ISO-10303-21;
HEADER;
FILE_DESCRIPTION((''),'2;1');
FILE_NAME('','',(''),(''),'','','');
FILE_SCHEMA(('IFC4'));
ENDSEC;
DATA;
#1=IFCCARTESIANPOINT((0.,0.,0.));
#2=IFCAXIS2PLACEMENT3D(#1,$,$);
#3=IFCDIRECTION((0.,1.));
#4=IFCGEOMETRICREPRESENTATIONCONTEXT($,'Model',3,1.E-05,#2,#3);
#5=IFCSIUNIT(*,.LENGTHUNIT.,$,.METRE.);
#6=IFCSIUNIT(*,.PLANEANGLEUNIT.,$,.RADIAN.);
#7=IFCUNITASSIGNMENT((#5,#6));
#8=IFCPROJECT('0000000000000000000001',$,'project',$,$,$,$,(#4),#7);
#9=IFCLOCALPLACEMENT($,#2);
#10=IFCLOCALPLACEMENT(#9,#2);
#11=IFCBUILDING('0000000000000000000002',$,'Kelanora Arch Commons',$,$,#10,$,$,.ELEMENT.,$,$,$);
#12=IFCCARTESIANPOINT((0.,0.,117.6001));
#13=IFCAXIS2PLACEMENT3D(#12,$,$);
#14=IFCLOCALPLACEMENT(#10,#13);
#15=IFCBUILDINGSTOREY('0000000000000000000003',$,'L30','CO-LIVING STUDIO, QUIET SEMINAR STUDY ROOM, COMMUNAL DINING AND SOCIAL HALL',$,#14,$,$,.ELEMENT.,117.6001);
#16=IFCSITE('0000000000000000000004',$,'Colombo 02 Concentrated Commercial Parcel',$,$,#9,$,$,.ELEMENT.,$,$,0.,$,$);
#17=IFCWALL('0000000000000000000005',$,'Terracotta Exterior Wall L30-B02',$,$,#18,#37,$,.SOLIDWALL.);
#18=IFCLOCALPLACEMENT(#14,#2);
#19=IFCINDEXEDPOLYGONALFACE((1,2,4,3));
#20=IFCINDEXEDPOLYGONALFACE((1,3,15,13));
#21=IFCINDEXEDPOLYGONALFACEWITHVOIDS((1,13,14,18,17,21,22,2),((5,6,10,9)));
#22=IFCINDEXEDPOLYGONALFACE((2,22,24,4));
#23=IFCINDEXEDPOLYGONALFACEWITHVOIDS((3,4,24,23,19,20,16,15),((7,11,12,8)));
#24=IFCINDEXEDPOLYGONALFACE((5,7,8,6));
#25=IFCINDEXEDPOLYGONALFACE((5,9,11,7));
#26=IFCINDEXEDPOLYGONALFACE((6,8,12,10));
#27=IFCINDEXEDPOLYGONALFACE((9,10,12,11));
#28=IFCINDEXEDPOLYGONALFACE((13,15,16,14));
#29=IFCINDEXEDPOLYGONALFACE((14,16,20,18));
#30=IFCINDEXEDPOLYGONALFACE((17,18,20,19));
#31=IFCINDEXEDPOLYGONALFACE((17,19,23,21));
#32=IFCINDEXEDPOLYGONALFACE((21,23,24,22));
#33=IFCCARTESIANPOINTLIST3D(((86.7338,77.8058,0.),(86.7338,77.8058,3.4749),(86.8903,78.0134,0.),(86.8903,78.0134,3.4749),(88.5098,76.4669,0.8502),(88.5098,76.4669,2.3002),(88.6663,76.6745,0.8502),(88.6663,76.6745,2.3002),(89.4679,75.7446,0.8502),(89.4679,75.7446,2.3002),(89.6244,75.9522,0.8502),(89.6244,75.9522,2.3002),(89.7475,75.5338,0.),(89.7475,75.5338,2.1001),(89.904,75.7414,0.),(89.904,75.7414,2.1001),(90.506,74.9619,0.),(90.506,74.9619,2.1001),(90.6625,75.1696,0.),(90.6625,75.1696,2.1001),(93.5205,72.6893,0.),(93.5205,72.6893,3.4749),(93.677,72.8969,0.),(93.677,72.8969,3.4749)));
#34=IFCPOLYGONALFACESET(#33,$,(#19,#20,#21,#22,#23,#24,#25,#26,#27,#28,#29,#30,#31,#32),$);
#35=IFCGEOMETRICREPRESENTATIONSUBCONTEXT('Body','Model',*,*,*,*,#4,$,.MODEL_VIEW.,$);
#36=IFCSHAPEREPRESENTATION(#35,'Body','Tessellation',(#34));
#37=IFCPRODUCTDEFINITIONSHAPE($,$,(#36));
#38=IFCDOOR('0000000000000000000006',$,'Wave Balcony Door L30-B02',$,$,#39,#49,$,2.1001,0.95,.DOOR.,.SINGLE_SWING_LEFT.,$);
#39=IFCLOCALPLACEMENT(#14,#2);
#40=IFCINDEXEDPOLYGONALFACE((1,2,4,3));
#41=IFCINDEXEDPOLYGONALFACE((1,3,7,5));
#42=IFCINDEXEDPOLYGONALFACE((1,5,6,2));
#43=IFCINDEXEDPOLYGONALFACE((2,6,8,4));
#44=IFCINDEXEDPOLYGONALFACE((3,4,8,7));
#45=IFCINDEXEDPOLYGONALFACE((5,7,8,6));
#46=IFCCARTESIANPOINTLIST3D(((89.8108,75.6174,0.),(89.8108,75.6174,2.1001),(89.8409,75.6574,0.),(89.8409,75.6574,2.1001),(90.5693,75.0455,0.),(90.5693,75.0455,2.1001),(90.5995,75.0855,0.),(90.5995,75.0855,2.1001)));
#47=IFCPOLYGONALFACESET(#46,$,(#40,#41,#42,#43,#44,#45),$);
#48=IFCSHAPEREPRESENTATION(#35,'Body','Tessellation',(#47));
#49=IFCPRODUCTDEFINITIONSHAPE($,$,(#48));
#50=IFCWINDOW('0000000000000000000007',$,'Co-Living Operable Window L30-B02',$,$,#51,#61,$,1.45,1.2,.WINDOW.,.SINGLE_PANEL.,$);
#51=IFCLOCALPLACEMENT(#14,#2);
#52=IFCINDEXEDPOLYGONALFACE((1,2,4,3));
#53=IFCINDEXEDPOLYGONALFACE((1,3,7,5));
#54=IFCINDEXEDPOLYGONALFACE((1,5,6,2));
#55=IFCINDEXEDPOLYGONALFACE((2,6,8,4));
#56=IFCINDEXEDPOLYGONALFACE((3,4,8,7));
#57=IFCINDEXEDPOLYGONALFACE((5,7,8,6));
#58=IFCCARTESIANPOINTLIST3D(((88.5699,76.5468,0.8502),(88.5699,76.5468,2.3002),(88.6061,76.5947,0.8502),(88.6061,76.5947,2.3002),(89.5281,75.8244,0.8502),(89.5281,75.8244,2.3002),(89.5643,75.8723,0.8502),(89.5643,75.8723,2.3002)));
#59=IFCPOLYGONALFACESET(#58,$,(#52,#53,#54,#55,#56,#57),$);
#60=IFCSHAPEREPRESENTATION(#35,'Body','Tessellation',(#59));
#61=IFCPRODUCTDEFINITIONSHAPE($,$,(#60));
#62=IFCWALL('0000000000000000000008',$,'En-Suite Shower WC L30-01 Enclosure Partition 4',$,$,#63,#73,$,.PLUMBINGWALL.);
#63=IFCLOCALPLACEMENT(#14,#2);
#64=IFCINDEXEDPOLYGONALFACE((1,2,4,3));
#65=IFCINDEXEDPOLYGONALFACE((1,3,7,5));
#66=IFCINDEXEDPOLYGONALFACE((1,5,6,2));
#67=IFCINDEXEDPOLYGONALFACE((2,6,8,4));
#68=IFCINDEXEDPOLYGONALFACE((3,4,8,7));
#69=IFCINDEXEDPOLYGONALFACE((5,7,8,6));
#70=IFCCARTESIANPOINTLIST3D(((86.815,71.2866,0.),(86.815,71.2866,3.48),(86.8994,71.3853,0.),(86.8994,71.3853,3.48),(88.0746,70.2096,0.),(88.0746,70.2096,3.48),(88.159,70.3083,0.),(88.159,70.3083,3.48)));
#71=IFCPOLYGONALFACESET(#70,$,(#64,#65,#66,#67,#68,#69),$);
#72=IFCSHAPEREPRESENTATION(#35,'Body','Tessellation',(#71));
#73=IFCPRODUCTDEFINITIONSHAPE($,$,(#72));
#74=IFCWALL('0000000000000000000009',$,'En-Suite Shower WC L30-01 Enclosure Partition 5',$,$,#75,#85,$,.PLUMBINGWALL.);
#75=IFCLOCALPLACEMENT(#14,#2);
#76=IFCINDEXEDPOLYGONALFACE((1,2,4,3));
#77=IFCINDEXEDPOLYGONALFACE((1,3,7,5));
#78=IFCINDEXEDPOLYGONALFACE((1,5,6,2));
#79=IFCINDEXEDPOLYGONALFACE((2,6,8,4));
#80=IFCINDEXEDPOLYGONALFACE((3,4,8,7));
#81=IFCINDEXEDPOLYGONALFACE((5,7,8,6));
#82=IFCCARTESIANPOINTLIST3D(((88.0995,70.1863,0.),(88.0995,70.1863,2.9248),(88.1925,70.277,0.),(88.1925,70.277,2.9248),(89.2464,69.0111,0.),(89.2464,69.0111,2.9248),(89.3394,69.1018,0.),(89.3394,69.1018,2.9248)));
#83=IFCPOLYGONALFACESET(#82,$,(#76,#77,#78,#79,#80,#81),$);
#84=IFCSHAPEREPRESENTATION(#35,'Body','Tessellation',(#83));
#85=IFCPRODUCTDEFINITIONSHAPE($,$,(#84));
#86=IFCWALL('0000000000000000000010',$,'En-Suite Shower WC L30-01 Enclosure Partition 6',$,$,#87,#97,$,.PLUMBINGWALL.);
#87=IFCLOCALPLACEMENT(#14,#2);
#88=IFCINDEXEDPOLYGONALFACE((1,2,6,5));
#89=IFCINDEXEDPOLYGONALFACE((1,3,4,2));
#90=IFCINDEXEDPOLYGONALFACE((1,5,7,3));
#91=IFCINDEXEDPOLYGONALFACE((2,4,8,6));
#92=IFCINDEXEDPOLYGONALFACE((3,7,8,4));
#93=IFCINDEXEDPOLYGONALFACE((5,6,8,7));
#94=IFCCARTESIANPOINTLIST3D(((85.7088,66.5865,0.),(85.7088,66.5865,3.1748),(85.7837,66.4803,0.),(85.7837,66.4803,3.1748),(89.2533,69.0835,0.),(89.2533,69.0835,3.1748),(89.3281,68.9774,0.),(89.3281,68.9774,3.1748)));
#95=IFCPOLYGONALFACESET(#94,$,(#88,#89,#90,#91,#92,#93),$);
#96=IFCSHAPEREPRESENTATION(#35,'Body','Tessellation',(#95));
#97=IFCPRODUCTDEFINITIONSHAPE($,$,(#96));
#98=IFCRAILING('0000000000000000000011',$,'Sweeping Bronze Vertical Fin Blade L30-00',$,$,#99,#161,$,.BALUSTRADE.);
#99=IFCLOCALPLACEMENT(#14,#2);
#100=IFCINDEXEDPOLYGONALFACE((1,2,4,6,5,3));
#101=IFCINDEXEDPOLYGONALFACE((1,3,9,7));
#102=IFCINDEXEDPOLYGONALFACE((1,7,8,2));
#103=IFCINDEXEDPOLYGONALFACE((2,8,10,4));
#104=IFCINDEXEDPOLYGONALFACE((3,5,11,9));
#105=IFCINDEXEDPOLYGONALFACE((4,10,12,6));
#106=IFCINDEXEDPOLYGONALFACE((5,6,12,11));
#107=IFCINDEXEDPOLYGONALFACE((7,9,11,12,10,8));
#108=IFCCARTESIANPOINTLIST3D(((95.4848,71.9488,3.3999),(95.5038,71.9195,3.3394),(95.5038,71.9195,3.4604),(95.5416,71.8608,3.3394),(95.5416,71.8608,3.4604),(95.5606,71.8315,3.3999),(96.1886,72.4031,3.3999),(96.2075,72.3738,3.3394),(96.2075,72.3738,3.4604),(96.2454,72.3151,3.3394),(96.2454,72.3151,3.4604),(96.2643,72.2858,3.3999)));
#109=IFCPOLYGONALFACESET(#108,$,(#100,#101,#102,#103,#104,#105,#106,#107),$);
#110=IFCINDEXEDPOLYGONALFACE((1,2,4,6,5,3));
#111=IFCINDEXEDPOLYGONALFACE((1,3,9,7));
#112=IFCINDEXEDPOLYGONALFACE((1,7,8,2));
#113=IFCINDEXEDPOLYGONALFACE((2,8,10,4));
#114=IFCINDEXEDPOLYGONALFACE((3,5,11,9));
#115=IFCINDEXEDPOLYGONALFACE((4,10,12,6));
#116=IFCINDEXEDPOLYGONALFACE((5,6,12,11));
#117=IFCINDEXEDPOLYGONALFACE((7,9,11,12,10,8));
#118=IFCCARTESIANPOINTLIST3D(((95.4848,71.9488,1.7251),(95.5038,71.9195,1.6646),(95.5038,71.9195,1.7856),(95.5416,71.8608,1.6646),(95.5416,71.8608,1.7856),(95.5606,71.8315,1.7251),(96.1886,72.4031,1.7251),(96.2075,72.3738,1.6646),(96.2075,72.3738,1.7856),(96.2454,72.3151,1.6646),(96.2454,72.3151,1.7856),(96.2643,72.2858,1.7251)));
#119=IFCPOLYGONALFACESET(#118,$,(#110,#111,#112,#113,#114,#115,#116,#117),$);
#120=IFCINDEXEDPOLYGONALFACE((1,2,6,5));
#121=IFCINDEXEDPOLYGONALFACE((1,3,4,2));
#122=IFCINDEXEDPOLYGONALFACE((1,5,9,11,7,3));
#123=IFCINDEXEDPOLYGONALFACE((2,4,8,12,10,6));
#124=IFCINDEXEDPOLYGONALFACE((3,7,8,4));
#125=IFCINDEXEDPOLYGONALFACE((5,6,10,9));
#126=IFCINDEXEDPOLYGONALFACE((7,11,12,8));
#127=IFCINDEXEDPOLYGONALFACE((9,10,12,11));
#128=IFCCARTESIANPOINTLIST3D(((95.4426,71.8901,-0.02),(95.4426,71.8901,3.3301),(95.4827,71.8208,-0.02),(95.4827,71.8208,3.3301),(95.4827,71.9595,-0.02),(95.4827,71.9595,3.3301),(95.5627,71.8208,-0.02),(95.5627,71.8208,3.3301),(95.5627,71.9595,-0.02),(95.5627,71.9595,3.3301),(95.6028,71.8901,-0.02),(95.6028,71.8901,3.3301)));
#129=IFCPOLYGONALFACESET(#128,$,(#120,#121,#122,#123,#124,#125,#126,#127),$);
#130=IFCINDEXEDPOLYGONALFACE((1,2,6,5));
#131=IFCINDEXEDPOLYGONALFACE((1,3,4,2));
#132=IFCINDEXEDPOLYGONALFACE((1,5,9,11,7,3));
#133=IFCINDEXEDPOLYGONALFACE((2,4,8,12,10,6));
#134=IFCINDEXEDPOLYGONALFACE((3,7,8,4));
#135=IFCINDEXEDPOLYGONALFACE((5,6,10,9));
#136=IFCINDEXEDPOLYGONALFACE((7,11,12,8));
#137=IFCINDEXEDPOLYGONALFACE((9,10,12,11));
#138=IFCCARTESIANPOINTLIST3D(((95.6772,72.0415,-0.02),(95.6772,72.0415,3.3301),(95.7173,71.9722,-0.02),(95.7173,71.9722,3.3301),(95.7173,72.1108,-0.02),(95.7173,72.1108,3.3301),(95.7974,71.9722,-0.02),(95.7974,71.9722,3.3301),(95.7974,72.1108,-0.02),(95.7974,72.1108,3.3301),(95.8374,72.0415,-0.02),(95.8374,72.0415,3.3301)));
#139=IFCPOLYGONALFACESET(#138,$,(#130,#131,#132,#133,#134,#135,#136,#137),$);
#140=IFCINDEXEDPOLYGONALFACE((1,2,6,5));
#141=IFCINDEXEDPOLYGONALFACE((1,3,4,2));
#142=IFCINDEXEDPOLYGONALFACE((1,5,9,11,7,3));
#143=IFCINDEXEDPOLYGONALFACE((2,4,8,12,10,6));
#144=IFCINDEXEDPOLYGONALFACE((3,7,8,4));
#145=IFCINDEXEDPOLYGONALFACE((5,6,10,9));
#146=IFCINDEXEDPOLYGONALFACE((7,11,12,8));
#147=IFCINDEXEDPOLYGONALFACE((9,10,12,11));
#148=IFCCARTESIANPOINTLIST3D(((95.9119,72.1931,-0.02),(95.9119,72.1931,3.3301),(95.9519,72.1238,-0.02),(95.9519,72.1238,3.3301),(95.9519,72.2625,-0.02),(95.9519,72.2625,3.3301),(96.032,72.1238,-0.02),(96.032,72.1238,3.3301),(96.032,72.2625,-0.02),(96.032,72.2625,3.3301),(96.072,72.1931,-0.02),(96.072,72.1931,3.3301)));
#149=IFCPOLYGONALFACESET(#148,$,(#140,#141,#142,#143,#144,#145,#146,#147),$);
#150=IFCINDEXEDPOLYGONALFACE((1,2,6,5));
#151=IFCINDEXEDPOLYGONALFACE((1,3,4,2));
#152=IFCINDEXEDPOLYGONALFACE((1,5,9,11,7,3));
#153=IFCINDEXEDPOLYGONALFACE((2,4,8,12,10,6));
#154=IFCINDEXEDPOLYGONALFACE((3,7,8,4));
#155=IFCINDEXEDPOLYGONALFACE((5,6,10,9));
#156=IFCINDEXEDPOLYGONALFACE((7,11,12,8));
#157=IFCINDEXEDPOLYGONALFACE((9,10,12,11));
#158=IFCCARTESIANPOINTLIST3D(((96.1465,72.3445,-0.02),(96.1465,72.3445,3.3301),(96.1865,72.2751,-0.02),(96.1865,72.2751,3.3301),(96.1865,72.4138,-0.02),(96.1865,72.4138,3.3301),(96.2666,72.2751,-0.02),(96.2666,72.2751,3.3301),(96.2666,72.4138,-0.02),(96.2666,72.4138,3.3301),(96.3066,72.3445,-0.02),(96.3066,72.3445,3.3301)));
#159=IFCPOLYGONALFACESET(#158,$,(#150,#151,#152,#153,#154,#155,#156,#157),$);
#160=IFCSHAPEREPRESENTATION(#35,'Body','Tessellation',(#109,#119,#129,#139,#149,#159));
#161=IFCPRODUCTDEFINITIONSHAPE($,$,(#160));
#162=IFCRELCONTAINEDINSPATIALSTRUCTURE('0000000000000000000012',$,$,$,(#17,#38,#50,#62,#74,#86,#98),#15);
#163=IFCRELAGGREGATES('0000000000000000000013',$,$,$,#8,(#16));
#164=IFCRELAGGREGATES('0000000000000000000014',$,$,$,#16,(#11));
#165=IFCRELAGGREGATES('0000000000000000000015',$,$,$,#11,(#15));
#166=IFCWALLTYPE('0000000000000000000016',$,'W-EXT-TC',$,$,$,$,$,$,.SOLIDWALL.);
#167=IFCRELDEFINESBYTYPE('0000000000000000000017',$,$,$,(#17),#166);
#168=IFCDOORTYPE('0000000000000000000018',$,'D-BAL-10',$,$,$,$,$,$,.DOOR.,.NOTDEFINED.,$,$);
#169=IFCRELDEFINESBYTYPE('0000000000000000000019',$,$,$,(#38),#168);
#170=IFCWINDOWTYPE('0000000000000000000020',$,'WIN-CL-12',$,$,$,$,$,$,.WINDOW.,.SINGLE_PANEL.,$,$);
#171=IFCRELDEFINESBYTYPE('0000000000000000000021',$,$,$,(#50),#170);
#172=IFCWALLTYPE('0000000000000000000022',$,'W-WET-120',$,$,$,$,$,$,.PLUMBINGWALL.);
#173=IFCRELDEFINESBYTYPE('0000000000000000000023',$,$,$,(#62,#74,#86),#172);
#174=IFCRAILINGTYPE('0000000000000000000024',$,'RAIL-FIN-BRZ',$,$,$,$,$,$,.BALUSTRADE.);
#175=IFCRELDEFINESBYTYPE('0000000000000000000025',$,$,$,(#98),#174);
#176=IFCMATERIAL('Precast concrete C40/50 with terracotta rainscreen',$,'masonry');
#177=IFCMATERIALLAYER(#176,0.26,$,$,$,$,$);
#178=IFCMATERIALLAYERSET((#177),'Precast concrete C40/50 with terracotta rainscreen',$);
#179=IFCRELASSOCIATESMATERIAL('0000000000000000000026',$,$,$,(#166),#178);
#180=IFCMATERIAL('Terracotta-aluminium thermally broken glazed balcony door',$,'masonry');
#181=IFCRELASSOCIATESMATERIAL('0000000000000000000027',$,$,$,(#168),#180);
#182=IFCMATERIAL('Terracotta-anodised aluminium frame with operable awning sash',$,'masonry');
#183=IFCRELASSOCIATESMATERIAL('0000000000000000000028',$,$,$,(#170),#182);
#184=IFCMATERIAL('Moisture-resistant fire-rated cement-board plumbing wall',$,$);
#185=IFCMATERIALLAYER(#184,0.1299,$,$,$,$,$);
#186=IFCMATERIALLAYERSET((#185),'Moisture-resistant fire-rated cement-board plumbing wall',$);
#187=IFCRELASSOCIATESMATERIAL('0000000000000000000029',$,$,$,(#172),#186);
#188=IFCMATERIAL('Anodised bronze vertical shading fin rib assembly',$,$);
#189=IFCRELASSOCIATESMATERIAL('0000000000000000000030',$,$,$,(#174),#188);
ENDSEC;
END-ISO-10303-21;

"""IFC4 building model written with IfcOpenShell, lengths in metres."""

from ifc_helpers import new_model, si_unit, direction, frame, frame_2d, origin, place, context, subcontext, project, spatial, polyline, rectangle, outline, extrude, material, layer, layer_set, type_object, element, fill, save


model = new_model("IFC4")

# Units and contexts
model_context = context("Model", 3, precision=1e-05, world=origin(), true_north=direction((0.0, 1.0)))
body_context = subcontext(model_context, "Body", "Model", "MODEL_VIEW")
ifc_project = project(units=[si_unit("LENGTHUNIT", "METRE"), si_unit("PLANEANGLEUNIT", "RADIAN")], contexts=[model_context])

# Site, building, storey
site_placement = place(None, origin())
site = spatial("IfcSite", under=ifc_project, at=site_placement, Name="Colombo 02 Concentrated Commercial Parcel", CompositionType="ELEMENT", RefElevation=0.0)
building_placement = place(site_placement, origin())
building = spatial("IfcBuilding", under=site, at=building_placement, Name="Kelanora Arch Commons", CompositionType="ELEMENT")
storey_placement = place(building_placement, frame((0.0, 0.0, 117.6001)))
storey = spatial("IfcBuildingStorey", under=building, at=storey_placement, Name="L30", Description="CO-LIVING STUDIO, QUIET SEMINAR STUDY ROOM, COMMUNAL DINING AND SOCIAL HALL", CompositionType="ELEMENT", Elevation=117.6001)

# Wall, openings, door, window
ifc_material_1 = material(Name="Precast concrete C40/50 with terracotta rainscreen", Category="masonry")
ifc_layer_1 = layer(ifc_material_1, 0.26)
ifc_layer_set_1 = layer_set([ifc_layer_1], Name="Precast concrete C40/50 with terracotta rainscreen")
wall_type_1 = type_object("IfcWallType", Name="W-EXT-TC", PredefinedType="SOLIDWALL", material=ifc_layer_set_1)
ifc_material_2 = material(Name="Terracotta-aluminium thermally broken glazed balcony door", Category="masonry")
door_type = type_object("IfcDoorType", Name="D-BAL-10", OperationType="NOTDEFINED", PredefinedType="DOOR", material=ifc_material_2)
ifc_material_3 = material(Name="Terracotta-anodised aluminium frame with operable awning sash", Category="masonry")
window_type = type_object("IfcWindowType", Name="WIN-CL-12", PartitioningType="SINGLE_PANEL", PredefinedType="WINDOW", material=ifc_material_3)
wall_1_placement = place(storey_placement, frame((93.5986, 72.7932, 0.0), z_axis=(0.0, 0.0, 1.0), x_axis=(-0.798502, 0.601993, 0.0)))
wall_1 = element("IfcWall", 1, at=wall_1_placement, inside=storey, type_object=wall_type_1, Name="Terracotta Exterior Wall L30-B02", PredefinedType="SOLIDWALL", context=body_context, shape_type="SweptSolid", body=[
    extrude(rectangle(XDim=8.4993, YDim=0.26, at=frame_2d((4.2495, 0.0))), origin(), (0.0, 0.0, 1.0), 3.4749),
])
opening_1_placement = place(wall_1_placement, frame((3.7749, 0.0, 0.0)))
opening_1 = element("IfcOpeningElement", 2, at=opening_1_placement, cuts=wall_1, PredefinedType="OPENING", context=body_context, shape_type="SweptSolid", body=[
    extrude(rectangle(XDim=0.95, YDim=2.1001, at=frame_2d((0.4751, 1.05))), frame((0.0, 0.1401, 0.0), z_axis=(0.0, -1.0, 0.0), x_axis=(1.0, 0.0, 0.0)), (0.0, 0.0, 1.0), 0.28),
])
opening_2_placement = place(wall_1_placement, frame((5.075, 0.0, 0.8501)))
opening_2 = element("IfcOpeningElement", 3, at=opening_2_placement, cuts=wall_1, PredefinedType="OPENING", context=body_context, shape_type="SweptSolid", body=[
    extrude(rectangle(XDim=1.2, YDim=1.45, at=frame_2d((0.6001, 0.7251))), frame((0.0, 0.1401, 0.0), z_axis=(0.0, -1.0, 0.0), x_axis=(1.0, 0.0, 0.0)), (0.0, 0.0, 1.0), 0.28),
])
door_1_placement = place(opening_1_placement, frame((0.95, 0.0, 0.0), z_axis=(0.0, 0.0, 1.0), x_axis=(-1.0, 0.0, 0.0)))
door_1 = element("IfcDoor", 4, at=door_1_placement, inside=storey, type_object=door_type, Name="Wave Balcony Door L30-B02", OperationType="SINGLE_SWING_LEFT", OverallHeight=2.1001, OverallWidth=0.95, PredefinedType="DOOR", context=body_context, shape_type="SweptSolid", body=[
    extrude(rectangle(XDim=0.95, YDim=2.1001, at=frame_2d((0.4751, 1.05))), frame((0.0, 0.0249, 0.0), z_axis=(0.0, -1.0, 0.0), x_axis=(1.0, 0.0, 0.0)), (0.0, 0.0, 1.0), 0.05),
])
fill(opening_1, door_1)
window_1_placement = place(opening_2_placement, origin())
window_1 = element("IfcWindow", 5, at=window_1_placement, inside=storey, type_object=window_type, Name="Co-Living Operable Window L30-B02", OverallHeight=1.45, OverallWidth=1.2, PartitioningType="SINGLE_PANEL", PredefinedType="WINDOW", context=body_context, shape_type="SweptSolid", body=[
    extrude(rectangle(XDim=1.2, YDim=1.45, at=frame_2d((0.6001, 0.7251))), frame((0.0, 0.03, 0.0), z_axis=(0.0, -1.0, 0.0), x_axis=(1.0, 0.0, 0.0)), (0.0, 0.0, 1.0), 0.0601),
])
fill(opening_2, window_1)

# Walls
ifc_material_4 = material(Name="Moisture-resistant fire-rated cement-board plumbing wall")
ifc_layer_2 = layer(ifc_material_4, 0.1299)
ifc_layer_set_2 = layer_set([ifc_layer_2], Name="Moisture-resistant fire-rated cement-board plumbing wall")
wall_type_2 = type_object("IfcWallType", Name="W-WET-120", PredefinedType="PLUMBINGWALL", material=ifc_layer_set_2)
wall_2_placement = place(storey_placement, frame((86.8572, 71.3359, 0.0), z_axis=(0.0, 0.0, 1.0), x_axis=(0.760057, -0.649857, 0.0)))
element("IfcWall", 6, at=wall_2_placement, inside=storey, type_object=wall_type_2, Name="En-Suite Shower WC L30-01 Enclosure Partition 4", PredefinedType="PLUMBINGWALL", context=body_context, shape_type="SweptSolid", body=[
    extrude(rectangle(XDim=1.6572, YDim=0.1299, at=frame_2d((0.8286, 0.0))), origin(), (0.0, 0.0, 1.0), 3.48),
])
wall_3_placement = place(storey_placement, frame((88.146, 70.2317, 0.0), z_axis=(0.0, 0.0, 1.0), x_axis=(0.698432, -0.715677, 0.0)))
element("IfcWall", 7, at=wall_3_placement, inside=storey, type_object=wall_type_2, Name="En-Suite Shower WC L30-01 Enclosure Partition 5", PredefinedType="PLUMBINGWALL", context=body_context, shape_type="SweptSolid", body=[
    extrude(rectangle(XDim=1.6421, YDim=0.1299, at=frame_2d((0.821, 0.0))), origin(), (0.0, 0.0, 1.0), 2.9248),
])
wall_4_placement = place(storey_placement, frame((89.2908, 69.0305, 0.0), z_axis=(0.0, 0.0, 1.0), x_axis=(-0.817498, -0.575931, 0.0)))
element("IfcWall", 8, at=wall_4_placement, inside=storey, type_object=wall_type_2, Name="En-Suite Shower WC L30-01 Enclosure Partition 6", PredefinedType="PLUMBINGWALL", context=body_context, shape_type="SweptSolid", body=[
    extrude(rectangle(XDim=4.3357, YDim=0.1299, at=frame_2d((2.168, 0.0))), origin(), (0.0, 0.0, 1.0), 3.1748),
])

# Railing
ifc_material_5 = material(Name="Anodised bronze vertical shading fin rib assembly")
railing_type = type_object("IfcRailingType", Name="RAIL-FIN-BRZ", PredefinedType="BALUSTRADE", material=ifc_material_5)
railing_1_placement = place(storey_placement, frame((95.5227, 71.8901, -0.02)))
element("IfcRailing", 9, at=railing_1_placement, inside=storey, type_object=railing_type, Name="Sweeping Bronze Vertical Fin Blade L30-00", PredefinedType="BALUSTRADE", context=body_context, shape_type="SweptSolid", body=[
    extrude(outline(polyline([(0.0698, 0.0), (0.0349, 0.0605), (-0.0349, 0.0605), (-0.0698, 0.0), (-0.0349, -0.0605), (0.0349, -0.0605), (0.0698, 0.0)])), frame((0.0, 0.0, 3.4199), z_axis=(0.840164, 0.542333, 0.0), x_axis=(-0.542333, 0.840164, 0.0)), (0.0, 0.0, 1.0), 0.8376),
    extrude(outline(polyline([(0.0698, 0.0), (0.0349, 0.0605), (-0.0349, 0.0605), (-0.0698, 0.0), (-0.0349, -0.0605), (0.0349, -0.0605), (0.0698, 0.0)])), frame((0.0, 0.0, 1.7451), z_axis=(0.840164, 0.542333, 0.0), x_axis=(-0.542333, 0.840164, 0.0)), (0.0, 0.0, 1.0), 0.8376),
    extrude(outline(polyline([(0.0801, 0.0), (0.04, 0.0693), (-0.04, 0.0693), (-0.0801, 0.0), (-0.04, -0.0693), (0.04, -0.0693), (0.0801, 0.0)])), origin(), (0.0, 0.0, 1.0), 3.3501),
    extrude(outline(polyline([(0.0801, 0.0), (0.04, 0.0693), (-0.04, 0.0693), (-0.0801, 0.0), (-0.04, -0.0693), (0.04, -0.0693), (0.0801, 0.0)])), frame((0.2346, 0.1514, 0.0)), (0.0, 0.0, 1.0), 3.3501),
    extrude(outline(polyline([(0.0801, 0.0), (0.04, 0.0693), (-0.04, 0.0693), (-0.0801, 0.0), (-0.04, -0.0693), (0.04, -0.0693), (0.0801, 0.0)])), frame((0.4692, 0.303, 0.0)), (0.0, 0.0, 1.0), 3.3501),
    extrude(outline(polyline([(0.0801, 0.0), (0.04, 0.0693), (-0.04, 0.0693), (-0.0801, 0.0), (-0.04, -0.0693), (0.04, -0.0693), (0.0801, 0.0)])), frame((0.7039, 0.4543, 0.0)), (0.0, 0.0, 1.0), 3.3501),
])

save(model, "model.ifc")
